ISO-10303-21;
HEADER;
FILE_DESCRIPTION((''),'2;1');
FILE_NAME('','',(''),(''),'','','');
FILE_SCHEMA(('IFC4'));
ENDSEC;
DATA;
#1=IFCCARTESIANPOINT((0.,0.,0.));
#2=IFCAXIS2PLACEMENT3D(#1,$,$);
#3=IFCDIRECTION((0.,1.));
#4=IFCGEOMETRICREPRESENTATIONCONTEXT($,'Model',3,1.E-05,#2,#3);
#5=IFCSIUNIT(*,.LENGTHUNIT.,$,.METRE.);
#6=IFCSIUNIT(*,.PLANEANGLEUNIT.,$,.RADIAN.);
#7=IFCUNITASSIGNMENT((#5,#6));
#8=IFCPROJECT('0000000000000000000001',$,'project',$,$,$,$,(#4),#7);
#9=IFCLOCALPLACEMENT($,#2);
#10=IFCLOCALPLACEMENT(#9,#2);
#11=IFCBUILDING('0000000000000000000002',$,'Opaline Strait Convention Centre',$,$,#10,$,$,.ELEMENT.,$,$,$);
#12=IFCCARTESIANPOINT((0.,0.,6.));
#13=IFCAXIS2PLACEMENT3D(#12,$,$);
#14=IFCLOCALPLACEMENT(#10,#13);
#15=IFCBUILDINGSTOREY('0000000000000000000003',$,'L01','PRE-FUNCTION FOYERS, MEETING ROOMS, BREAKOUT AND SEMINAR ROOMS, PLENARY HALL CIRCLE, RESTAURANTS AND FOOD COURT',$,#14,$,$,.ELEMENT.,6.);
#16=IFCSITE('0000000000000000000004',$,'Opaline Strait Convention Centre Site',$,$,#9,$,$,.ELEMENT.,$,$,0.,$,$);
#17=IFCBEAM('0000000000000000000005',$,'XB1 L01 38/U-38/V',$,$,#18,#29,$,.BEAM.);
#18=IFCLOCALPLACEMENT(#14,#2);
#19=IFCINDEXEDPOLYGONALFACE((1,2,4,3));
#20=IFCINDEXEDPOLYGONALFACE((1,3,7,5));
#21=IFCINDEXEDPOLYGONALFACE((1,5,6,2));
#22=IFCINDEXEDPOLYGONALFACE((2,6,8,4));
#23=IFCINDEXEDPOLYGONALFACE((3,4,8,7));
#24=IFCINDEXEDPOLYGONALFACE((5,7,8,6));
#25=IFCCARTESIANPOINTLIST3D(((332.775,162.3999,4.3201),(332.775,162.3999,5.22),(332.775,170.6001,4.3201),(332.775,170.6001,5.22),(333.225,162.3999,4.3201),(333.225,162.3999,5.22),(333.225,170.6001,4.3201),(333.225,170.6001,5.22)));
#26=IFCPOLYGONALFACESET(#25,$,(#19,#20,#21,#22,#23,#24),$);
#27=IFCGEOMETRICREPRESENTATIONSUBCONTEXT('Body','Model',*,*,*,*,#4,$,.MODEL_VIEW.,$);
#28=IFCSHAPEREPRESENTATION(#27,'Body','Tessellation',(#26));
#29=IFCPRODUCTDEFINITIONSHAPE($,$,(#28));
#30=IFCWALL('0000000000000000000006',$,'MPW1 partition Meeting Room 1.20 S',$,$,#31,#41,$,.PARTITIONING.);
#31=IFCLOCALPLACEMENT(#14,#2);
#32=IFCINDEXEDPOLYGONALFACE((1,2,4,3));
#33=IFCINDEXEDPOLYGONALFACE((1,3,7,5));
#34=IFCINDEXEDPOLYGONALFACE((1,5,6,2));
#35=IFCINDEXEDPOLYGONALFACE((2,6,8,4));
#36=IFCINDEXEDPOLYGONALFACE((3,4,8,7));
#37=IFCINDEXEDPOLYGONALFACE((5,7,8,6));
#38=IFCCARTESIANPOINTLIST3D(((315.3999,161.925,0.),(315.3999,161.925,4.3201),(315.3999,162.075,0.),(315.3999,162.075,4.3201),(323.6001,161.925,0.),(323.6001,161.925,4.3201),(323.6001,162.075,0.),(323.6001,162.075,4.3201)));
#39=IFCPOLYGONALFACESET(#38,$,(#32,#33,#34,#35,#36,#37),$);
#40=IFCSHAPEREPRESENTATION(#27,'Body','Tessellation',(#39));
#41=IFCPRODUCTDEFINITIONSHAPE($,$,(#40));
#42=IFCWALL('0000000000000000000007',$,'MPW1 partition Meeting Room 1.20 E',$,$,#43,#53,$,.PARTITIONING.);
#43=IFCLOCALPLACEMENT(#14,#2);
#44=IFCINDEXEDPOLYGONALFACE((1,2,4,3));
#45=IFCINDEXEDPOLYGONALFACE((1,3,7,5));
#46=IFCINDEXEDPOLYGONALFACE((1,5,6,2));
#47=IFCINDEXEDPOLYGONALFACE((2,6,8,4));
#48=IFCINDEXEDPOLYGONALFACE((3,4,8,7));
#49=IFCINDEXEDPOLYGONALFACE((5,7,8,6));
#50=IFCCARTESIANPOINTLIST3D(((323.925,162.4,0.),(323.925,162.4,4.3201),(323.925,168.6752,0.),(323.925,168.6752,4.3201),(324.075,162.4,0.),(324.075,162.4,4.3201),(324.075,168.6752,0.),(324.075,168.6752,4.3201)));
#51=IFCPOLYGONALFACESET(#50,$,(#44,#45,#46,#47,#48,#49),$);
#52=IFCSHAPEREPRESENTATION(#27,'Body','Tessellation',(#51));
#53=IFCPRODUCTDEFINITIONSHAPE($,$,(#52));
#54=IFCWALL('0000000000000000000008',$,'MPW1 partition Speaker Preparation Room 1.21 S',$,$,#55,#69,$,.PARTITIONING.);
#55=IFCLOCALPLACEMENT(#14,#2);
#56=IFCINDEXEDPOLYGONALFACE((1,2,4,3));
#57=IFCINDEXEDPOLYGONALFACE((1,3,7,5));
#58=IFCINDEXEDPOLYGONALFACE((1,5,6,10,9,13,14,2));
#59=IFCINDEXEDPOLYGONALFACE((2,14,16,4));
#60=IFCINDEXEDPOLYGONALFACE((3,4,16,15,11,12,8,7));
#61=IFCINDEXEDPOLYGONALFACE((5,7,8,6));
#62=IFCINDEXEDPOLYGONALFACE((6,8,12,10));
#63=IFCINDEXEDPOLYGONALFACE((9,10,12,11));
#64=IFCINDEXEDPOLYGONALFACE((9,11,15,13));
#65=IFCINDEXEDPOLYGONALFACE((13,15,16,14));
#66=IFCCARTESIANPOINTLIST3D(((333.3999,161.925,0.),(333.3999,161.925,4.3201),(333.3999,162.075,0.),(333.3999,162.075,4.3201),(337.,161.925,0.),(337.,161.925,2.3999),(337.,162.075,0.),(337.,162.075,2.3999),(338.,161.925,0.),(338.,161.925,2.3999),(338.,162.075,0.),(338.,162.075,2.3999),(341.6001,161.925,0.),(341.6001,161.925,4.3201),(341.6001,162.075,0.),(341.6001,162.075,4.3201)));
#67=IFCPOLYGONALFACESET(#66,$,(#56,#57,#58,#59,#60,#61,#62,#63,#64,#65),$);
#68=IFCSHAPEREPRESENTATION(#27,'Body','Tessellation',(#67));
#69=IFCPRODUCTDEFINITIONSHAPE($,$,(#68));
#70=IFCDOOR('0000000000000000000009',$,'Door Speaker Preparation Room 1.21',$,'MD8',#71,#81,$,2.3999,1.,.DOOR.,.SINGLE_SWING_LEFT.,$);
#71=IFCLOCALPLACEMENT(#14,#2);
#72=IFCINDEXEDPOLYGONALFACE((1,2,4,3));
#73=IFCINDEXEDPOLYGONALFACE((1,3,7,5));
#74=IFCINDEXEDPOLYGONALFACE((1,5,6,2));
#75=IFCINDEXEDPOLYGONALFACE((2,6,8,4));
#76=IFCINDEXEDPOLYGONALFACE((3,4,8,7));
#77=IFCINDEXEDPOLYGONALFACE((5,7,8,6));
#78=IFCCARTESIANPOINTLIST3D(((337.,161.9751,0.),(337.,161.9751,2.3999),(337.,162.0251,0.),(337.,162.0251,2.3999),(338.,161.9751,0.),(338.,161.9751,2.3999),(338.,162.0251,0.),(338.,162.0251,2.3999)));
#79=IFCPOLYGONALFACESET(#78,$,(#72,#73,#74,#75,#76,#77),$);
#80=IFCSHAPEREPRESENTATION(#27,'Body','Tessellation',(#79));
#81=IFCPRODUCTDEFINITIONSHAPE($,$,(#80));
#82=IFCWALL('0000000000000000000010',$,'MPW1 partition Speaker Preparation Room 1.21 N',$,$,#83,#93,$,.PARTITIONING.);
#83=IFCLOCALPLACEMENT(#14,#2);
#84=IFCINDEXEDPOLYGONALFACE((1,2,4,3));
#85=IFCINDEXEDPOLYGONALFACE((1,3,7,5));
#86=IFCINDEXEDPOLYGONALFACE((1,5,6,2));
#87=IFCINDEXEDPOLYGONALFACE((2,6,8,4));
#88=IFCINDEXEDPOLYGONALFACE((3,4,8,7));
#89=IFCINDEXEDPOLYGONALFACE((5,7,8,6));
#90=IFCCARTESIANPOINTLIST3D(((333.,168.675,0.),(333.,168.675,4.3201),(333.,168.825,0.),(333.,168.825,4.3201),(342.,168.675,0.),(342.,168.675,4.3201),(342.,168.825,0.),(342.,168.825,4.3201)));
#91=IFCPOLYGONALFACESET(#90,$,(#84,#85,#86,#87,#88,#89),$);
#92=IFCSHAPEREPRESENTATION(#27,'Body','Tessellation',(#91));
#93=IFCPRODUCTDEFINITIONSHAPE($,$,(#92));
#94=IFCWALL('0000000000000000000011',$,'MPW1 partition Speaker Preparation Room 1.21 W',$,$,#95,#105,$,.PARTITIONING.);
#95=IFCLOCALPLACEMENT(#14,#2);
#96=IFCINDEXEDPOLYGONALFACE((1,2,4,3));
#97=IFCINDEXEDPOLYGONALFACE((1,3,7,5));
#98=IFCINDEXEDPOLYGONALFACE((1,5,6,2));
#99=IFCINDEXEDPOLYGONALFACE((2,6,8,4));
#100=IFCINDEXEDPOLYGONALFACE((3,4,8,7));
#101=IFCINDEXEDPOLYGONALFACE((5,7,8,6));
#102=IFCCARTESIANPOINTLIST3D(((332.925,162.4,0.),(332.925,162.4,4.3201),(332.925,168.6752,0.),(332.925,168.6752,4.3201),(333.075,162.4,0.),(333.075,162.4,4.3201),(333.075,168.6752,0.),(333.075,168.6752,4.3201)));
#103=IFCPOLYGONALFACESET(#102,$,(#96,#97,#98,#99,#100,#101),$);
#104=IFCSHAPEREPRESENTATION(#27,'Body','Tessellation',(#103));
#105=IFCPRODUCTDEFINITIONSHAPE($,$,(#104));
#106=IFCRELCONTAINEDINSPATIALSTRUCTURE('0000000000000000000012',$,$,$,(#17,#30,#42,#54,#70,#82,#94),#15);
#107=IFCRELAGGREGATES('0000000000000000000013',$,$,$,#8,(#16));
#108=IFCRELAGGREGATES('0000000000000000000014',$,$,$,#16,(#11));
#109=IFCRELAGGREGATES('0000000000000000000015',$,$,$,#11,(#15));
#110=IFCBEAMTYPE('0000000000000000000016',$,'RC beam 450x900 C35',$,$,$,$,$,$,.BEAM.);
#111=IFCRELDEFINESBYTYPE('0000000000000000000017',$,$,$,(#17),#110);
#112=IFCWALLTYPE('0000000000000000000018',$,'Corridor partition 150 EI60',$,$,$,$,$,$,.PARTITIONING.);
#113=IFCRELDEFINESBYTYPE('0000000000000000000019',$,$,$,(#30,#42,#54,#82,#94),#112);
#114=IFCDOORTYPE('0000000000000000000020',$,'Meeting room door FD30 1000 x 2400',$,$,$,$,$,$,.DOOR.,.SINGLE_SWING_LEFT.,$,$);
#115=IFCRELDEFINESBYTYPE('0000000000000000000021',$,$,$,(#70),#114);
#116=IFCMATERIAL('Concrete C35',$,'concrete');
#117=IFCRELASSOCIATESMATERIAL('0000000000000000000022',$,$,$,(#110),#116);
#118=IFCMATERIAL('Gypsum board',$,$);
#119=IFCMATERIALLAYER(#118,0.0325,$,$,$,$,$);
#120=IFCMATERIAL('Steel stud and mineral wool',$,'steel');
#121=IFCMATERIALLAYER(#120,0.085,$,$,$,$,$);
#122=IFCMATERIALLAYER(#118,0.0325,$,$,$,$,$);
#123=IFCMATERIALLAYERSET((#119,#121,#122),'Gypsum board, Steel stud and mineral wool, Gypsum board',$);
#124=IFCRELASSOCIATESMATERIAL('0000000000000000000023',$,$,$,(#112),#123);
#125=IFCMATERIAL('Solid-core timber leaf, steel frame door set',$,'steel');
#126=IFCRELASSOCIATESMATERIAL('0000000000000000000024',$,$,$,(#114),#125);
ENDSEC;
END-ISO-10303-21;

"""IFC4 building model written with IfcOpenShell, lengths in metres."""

from ifc_helpers import new_model, si_unit, direction, frame, frame_2d, origin, origin_2d, place, context, subcontext, project, spatial, rectangle, extrude, material, layer, layer_set, material_profile, profile_set, type_object, element, fill, save


model = new_model("IFC4")

# Units and contexts
model_context = context("Model", 3, precision=1e-05, world=origin(), true_north=direction((0.0, 1.0)))
body_context = subcontext(model_context, "Body", "Model", "MODEL_VIEW")
ifc_project = project(units=[si_unit("LENGTHUNIT", "METRE"), si_unit("PLANEANGLEUNIT", "RADIAN")], contexts=[model_context])

# Site, building, storey
site_placement = place(None, origin())
site = spatial("IfcSite", under=ifc_project, at=site_placement, Name="Opaline Strait Convention Centre Site", CompositionType="ELEMENT", RefElevation=0.0)
building_placement = place(site_placement, origin())
building = spatial("IfcBuilding", under=site, at=building_placement, Name="Opaline Strait Convention Centre", CompositionType="ELEMENT")
storey_placement = place(building_placement, frame((0.0, 0.0, 6.0)))
storey = spatial("IfcBuildingStorey", under=building, at=storey_placement, Name="L01", Description="PRE-FUNCTION FOYERS, MEETING ROOMS, BREAKOUT AND SEMINAR ROOMS, PLENARY HALL CIRCLE, RESTAURANTS AND FOOD COURT", CompositionType="ELEMENT", Elevation=6.0)

# Beam
ifc_material_1 = material(Name="Concrete C35", Category="concrete")
ifc_material_profile_1 = material_profile(ifc_material_1, rectangle(XDim=0.45, YDim=0.8999, at=origin_2d()), Name="RC 450x900")
ifc_profile_set_1 = profile_set([ifc_material_profile_1], Name="Concrete C35")
beam_type = type_object("IfcBeamType", Name="RC beam 450x900 C35", PredefinedType="BEAM", material=ifc_profile_set_1)
for number, where, z_axis, x_axis, name in (
    (1, (333.0, 162.3999, 4.77), (0.0, 1.0, 0.0), (-1.0, 0.0, 0.0), "XB1 L01 38/U-38/V"),
):
    element("IfcBeam", number, at=place(storey_placement, frame(where, z_axis=z_axis, x_axis=x_axis)), inside=storey, type_object=beam_type, Name=name, PredefinedType="BEAM", context=body_context, shape_type="SweptSolid", body=[
        extrude(rectangle(XDim=0.45, YDim=0.8999, at=origin_2d()), origin(), (0.0, 0.0, 1.0), 8.2002),
    ])

# Walls
ifc_material_2 = material(Name="Gypsum board")
ifc_layer_1 = layer(ifc_material_2, 0.0325)
ifc_material_3 = material(Name="Steel stud and mineral wool", Category="steel")
ifc_layer_2 = layer(ifc_material_3, 0.085)
ifc_layer_3 = layer(ifc_material_2, 0.0325)
ifc_layer_set = layer_set([ifc_layer_1, ifc_layer_2, ifc_layer_3], Name="Gypsum board, Steel stud and mineral wool, Gypsum board")
wall_type = type_object("IfcWallType", Name="Corridor partition 150 EI60", PredefinedType="PARTITIONING", material=ifc_layer_set)
wall_1_placement = place(storey_placement, frame((315.3999, 162.0, 0.0), z_axis=(0.0, 0.0, 1.0), x_axis=(1.0, 0.0, 0.0)))
element("IfcWall", 2, at=wall_1_placement, inside=storey, type_object=wall_type, Name="MPW1 partition Meeting Room 1.20 S", PredefinedType="PARTITIONING", context=body_context, shape_type="SweptSolid", body=[
    extrude(rectangle(XDim=8.2002, YDim=0.1499, at=frame_2d((4.1001, 0.0))), origin(), (0.0, 0.0, 1.0), 4.3201),
])
wall_2_placement = place(storey_placement, frame((324.0, 162.3999, 0.0), z_axis=(0.0, 0.0, 1.0), x_axis=(0.0, 1.0, 0.0)))
element("IfcWall", 3, at=wall_2_placement, inside=storey, type_object=wall_type, Name="MPW1 partition Meeting Room 1.20 E", PredefinedType="PARTITIONING", context=body_context, shape_type="SweptSolid", body=[
    extrude(rectangle(XDim=6.2751, YDim=0.1499, at=frame_2d((3.1377, 0.0))), origin(), (0.0, 0.0, 1.0), 4.3201),
])

# Wall, opening, door
wall_3_placement = place(storey_placement, frame((333.3999, 162.0, 0.0), z_axis=(0.0, 0.0, 1.0), x_axis=(1.0, 0.0, 0.0)))
wall_3 = element("IfcWall", 4, at=wall_3_placement, inside=storey, type_object=wall_type, Name="MPW1 partition Speaker Preparation Room 1.21 S", PredefinedType="PARTITIONING", context=body_context, shape_type="SweptSolid", body=[
    extrude(rectangle(XDim=8.2002, YDim=0.1499, at=frame_2d((4.1001, 0.0))), origin(), (0.0, 0.0, 1.0), 4.3201),
])
opening_placement = place(wall_3_placement, frame((3.6001, 0.0, 0.0)))
opening = element("IfcOpeningElement", 5, at=opening_placement, cuts=wall_3, PredefinedType="OPENING", context=body_context, shape_type="SweptSolid", body=[
    extrude(rectangle(XDim=1.0, YDim=2.3999, at=frame_2d((0.5, 1.2))), frame((0.0, 0.085, 0.0), z_axis=(0.0, -1.0, 0.0), x_axis=(1.0, 0.0, 0.0)), (0.0, 0.0, 1.0), 0.1699),
])
ifc_material_4 = material(Name="Solid-core timber leaf, steel frame door set", Category="steel")
door_type = type_object("IfcDoorType", Name="Meeting room door FD30 1000 x 2400", OperationType="SINGLE_SWING_LEFT", PredefinedType="DOOR", material=ifc_material_4)
door_placement = place(opening_placement, frame((1.0, 0.0, 0.0), z_axis=(0.0, 0.0, 1.0), x_axis=(-1.0, 0.0, 0.0)))
door = element("IfcDoor", 6, at=door_placement, inside=storey, type_object=door_type, Name="Door Speaker Preparation Room 1.21", ObjectType="MD8", OperationType="SINGLE_SWING_LEFT", OverallHeight=2.3999, OverallWidth=1.0, PredefinedType="DOOR", context=body_context, shape_type="SweptSolid", body=[
    extrude(rectangle(XDim=1.0, YDim=2.3999, at=frame_2d((0.5, 1.2))), frame((0.0, 0.0249, 0.0), z_axis=(0.0, -1.0, 0.0), x_axis=(1.0, 0.0, 0.0)), (0.0, 0.0, 1.0), 0.05),
])
fill(opening, door)

# Walls
wall_4_placement = place(storey_placement, frame((333.0, 168.75, 0.0), z_axis=(0.0, 0.0, 1.0), x_axis=(1.0, 0.0, 0.0)))
element("IfcWall", 7, at=wall_4_placement, inside=storey, type_object=wall_type, Name="MPW1 partition Speaker Preparation Room 1.21 N", PredefinedType="PARTITIONING", context=body_context, shape_type="SweptSolid", body=[
    extrude(rectangle(XDim=9.0, YDim=0.1499, at=frame_2d((4.5, 0.0))), origin(), (0.0, 0.0, 1.0), 4.3201),
])
wall_5_placement = place(storey_placement, frame((333.0, 162.3999, 0.0), z_axis=(0.0, 0.0, 1.0), x_axis=(0.0, 1.0, 0.0)))
element("IfcWall", 8, at=wall_5_placement, inside=storey, type_object=wall_type, Name="MPW1 partition Speaker Preparation Room 1.21 W", PredefinedType="PARTITIONING", context=body_context, shape_type="SweptSolid", body=[
    extrude(rectangle(XDim=6.2751, YDim=0.1499, at=frame_2d((3.1377, 0.0))), origin(), (0.0, 0.0, 1.0), 4.3201),
])

save(model, "model.ifc")
